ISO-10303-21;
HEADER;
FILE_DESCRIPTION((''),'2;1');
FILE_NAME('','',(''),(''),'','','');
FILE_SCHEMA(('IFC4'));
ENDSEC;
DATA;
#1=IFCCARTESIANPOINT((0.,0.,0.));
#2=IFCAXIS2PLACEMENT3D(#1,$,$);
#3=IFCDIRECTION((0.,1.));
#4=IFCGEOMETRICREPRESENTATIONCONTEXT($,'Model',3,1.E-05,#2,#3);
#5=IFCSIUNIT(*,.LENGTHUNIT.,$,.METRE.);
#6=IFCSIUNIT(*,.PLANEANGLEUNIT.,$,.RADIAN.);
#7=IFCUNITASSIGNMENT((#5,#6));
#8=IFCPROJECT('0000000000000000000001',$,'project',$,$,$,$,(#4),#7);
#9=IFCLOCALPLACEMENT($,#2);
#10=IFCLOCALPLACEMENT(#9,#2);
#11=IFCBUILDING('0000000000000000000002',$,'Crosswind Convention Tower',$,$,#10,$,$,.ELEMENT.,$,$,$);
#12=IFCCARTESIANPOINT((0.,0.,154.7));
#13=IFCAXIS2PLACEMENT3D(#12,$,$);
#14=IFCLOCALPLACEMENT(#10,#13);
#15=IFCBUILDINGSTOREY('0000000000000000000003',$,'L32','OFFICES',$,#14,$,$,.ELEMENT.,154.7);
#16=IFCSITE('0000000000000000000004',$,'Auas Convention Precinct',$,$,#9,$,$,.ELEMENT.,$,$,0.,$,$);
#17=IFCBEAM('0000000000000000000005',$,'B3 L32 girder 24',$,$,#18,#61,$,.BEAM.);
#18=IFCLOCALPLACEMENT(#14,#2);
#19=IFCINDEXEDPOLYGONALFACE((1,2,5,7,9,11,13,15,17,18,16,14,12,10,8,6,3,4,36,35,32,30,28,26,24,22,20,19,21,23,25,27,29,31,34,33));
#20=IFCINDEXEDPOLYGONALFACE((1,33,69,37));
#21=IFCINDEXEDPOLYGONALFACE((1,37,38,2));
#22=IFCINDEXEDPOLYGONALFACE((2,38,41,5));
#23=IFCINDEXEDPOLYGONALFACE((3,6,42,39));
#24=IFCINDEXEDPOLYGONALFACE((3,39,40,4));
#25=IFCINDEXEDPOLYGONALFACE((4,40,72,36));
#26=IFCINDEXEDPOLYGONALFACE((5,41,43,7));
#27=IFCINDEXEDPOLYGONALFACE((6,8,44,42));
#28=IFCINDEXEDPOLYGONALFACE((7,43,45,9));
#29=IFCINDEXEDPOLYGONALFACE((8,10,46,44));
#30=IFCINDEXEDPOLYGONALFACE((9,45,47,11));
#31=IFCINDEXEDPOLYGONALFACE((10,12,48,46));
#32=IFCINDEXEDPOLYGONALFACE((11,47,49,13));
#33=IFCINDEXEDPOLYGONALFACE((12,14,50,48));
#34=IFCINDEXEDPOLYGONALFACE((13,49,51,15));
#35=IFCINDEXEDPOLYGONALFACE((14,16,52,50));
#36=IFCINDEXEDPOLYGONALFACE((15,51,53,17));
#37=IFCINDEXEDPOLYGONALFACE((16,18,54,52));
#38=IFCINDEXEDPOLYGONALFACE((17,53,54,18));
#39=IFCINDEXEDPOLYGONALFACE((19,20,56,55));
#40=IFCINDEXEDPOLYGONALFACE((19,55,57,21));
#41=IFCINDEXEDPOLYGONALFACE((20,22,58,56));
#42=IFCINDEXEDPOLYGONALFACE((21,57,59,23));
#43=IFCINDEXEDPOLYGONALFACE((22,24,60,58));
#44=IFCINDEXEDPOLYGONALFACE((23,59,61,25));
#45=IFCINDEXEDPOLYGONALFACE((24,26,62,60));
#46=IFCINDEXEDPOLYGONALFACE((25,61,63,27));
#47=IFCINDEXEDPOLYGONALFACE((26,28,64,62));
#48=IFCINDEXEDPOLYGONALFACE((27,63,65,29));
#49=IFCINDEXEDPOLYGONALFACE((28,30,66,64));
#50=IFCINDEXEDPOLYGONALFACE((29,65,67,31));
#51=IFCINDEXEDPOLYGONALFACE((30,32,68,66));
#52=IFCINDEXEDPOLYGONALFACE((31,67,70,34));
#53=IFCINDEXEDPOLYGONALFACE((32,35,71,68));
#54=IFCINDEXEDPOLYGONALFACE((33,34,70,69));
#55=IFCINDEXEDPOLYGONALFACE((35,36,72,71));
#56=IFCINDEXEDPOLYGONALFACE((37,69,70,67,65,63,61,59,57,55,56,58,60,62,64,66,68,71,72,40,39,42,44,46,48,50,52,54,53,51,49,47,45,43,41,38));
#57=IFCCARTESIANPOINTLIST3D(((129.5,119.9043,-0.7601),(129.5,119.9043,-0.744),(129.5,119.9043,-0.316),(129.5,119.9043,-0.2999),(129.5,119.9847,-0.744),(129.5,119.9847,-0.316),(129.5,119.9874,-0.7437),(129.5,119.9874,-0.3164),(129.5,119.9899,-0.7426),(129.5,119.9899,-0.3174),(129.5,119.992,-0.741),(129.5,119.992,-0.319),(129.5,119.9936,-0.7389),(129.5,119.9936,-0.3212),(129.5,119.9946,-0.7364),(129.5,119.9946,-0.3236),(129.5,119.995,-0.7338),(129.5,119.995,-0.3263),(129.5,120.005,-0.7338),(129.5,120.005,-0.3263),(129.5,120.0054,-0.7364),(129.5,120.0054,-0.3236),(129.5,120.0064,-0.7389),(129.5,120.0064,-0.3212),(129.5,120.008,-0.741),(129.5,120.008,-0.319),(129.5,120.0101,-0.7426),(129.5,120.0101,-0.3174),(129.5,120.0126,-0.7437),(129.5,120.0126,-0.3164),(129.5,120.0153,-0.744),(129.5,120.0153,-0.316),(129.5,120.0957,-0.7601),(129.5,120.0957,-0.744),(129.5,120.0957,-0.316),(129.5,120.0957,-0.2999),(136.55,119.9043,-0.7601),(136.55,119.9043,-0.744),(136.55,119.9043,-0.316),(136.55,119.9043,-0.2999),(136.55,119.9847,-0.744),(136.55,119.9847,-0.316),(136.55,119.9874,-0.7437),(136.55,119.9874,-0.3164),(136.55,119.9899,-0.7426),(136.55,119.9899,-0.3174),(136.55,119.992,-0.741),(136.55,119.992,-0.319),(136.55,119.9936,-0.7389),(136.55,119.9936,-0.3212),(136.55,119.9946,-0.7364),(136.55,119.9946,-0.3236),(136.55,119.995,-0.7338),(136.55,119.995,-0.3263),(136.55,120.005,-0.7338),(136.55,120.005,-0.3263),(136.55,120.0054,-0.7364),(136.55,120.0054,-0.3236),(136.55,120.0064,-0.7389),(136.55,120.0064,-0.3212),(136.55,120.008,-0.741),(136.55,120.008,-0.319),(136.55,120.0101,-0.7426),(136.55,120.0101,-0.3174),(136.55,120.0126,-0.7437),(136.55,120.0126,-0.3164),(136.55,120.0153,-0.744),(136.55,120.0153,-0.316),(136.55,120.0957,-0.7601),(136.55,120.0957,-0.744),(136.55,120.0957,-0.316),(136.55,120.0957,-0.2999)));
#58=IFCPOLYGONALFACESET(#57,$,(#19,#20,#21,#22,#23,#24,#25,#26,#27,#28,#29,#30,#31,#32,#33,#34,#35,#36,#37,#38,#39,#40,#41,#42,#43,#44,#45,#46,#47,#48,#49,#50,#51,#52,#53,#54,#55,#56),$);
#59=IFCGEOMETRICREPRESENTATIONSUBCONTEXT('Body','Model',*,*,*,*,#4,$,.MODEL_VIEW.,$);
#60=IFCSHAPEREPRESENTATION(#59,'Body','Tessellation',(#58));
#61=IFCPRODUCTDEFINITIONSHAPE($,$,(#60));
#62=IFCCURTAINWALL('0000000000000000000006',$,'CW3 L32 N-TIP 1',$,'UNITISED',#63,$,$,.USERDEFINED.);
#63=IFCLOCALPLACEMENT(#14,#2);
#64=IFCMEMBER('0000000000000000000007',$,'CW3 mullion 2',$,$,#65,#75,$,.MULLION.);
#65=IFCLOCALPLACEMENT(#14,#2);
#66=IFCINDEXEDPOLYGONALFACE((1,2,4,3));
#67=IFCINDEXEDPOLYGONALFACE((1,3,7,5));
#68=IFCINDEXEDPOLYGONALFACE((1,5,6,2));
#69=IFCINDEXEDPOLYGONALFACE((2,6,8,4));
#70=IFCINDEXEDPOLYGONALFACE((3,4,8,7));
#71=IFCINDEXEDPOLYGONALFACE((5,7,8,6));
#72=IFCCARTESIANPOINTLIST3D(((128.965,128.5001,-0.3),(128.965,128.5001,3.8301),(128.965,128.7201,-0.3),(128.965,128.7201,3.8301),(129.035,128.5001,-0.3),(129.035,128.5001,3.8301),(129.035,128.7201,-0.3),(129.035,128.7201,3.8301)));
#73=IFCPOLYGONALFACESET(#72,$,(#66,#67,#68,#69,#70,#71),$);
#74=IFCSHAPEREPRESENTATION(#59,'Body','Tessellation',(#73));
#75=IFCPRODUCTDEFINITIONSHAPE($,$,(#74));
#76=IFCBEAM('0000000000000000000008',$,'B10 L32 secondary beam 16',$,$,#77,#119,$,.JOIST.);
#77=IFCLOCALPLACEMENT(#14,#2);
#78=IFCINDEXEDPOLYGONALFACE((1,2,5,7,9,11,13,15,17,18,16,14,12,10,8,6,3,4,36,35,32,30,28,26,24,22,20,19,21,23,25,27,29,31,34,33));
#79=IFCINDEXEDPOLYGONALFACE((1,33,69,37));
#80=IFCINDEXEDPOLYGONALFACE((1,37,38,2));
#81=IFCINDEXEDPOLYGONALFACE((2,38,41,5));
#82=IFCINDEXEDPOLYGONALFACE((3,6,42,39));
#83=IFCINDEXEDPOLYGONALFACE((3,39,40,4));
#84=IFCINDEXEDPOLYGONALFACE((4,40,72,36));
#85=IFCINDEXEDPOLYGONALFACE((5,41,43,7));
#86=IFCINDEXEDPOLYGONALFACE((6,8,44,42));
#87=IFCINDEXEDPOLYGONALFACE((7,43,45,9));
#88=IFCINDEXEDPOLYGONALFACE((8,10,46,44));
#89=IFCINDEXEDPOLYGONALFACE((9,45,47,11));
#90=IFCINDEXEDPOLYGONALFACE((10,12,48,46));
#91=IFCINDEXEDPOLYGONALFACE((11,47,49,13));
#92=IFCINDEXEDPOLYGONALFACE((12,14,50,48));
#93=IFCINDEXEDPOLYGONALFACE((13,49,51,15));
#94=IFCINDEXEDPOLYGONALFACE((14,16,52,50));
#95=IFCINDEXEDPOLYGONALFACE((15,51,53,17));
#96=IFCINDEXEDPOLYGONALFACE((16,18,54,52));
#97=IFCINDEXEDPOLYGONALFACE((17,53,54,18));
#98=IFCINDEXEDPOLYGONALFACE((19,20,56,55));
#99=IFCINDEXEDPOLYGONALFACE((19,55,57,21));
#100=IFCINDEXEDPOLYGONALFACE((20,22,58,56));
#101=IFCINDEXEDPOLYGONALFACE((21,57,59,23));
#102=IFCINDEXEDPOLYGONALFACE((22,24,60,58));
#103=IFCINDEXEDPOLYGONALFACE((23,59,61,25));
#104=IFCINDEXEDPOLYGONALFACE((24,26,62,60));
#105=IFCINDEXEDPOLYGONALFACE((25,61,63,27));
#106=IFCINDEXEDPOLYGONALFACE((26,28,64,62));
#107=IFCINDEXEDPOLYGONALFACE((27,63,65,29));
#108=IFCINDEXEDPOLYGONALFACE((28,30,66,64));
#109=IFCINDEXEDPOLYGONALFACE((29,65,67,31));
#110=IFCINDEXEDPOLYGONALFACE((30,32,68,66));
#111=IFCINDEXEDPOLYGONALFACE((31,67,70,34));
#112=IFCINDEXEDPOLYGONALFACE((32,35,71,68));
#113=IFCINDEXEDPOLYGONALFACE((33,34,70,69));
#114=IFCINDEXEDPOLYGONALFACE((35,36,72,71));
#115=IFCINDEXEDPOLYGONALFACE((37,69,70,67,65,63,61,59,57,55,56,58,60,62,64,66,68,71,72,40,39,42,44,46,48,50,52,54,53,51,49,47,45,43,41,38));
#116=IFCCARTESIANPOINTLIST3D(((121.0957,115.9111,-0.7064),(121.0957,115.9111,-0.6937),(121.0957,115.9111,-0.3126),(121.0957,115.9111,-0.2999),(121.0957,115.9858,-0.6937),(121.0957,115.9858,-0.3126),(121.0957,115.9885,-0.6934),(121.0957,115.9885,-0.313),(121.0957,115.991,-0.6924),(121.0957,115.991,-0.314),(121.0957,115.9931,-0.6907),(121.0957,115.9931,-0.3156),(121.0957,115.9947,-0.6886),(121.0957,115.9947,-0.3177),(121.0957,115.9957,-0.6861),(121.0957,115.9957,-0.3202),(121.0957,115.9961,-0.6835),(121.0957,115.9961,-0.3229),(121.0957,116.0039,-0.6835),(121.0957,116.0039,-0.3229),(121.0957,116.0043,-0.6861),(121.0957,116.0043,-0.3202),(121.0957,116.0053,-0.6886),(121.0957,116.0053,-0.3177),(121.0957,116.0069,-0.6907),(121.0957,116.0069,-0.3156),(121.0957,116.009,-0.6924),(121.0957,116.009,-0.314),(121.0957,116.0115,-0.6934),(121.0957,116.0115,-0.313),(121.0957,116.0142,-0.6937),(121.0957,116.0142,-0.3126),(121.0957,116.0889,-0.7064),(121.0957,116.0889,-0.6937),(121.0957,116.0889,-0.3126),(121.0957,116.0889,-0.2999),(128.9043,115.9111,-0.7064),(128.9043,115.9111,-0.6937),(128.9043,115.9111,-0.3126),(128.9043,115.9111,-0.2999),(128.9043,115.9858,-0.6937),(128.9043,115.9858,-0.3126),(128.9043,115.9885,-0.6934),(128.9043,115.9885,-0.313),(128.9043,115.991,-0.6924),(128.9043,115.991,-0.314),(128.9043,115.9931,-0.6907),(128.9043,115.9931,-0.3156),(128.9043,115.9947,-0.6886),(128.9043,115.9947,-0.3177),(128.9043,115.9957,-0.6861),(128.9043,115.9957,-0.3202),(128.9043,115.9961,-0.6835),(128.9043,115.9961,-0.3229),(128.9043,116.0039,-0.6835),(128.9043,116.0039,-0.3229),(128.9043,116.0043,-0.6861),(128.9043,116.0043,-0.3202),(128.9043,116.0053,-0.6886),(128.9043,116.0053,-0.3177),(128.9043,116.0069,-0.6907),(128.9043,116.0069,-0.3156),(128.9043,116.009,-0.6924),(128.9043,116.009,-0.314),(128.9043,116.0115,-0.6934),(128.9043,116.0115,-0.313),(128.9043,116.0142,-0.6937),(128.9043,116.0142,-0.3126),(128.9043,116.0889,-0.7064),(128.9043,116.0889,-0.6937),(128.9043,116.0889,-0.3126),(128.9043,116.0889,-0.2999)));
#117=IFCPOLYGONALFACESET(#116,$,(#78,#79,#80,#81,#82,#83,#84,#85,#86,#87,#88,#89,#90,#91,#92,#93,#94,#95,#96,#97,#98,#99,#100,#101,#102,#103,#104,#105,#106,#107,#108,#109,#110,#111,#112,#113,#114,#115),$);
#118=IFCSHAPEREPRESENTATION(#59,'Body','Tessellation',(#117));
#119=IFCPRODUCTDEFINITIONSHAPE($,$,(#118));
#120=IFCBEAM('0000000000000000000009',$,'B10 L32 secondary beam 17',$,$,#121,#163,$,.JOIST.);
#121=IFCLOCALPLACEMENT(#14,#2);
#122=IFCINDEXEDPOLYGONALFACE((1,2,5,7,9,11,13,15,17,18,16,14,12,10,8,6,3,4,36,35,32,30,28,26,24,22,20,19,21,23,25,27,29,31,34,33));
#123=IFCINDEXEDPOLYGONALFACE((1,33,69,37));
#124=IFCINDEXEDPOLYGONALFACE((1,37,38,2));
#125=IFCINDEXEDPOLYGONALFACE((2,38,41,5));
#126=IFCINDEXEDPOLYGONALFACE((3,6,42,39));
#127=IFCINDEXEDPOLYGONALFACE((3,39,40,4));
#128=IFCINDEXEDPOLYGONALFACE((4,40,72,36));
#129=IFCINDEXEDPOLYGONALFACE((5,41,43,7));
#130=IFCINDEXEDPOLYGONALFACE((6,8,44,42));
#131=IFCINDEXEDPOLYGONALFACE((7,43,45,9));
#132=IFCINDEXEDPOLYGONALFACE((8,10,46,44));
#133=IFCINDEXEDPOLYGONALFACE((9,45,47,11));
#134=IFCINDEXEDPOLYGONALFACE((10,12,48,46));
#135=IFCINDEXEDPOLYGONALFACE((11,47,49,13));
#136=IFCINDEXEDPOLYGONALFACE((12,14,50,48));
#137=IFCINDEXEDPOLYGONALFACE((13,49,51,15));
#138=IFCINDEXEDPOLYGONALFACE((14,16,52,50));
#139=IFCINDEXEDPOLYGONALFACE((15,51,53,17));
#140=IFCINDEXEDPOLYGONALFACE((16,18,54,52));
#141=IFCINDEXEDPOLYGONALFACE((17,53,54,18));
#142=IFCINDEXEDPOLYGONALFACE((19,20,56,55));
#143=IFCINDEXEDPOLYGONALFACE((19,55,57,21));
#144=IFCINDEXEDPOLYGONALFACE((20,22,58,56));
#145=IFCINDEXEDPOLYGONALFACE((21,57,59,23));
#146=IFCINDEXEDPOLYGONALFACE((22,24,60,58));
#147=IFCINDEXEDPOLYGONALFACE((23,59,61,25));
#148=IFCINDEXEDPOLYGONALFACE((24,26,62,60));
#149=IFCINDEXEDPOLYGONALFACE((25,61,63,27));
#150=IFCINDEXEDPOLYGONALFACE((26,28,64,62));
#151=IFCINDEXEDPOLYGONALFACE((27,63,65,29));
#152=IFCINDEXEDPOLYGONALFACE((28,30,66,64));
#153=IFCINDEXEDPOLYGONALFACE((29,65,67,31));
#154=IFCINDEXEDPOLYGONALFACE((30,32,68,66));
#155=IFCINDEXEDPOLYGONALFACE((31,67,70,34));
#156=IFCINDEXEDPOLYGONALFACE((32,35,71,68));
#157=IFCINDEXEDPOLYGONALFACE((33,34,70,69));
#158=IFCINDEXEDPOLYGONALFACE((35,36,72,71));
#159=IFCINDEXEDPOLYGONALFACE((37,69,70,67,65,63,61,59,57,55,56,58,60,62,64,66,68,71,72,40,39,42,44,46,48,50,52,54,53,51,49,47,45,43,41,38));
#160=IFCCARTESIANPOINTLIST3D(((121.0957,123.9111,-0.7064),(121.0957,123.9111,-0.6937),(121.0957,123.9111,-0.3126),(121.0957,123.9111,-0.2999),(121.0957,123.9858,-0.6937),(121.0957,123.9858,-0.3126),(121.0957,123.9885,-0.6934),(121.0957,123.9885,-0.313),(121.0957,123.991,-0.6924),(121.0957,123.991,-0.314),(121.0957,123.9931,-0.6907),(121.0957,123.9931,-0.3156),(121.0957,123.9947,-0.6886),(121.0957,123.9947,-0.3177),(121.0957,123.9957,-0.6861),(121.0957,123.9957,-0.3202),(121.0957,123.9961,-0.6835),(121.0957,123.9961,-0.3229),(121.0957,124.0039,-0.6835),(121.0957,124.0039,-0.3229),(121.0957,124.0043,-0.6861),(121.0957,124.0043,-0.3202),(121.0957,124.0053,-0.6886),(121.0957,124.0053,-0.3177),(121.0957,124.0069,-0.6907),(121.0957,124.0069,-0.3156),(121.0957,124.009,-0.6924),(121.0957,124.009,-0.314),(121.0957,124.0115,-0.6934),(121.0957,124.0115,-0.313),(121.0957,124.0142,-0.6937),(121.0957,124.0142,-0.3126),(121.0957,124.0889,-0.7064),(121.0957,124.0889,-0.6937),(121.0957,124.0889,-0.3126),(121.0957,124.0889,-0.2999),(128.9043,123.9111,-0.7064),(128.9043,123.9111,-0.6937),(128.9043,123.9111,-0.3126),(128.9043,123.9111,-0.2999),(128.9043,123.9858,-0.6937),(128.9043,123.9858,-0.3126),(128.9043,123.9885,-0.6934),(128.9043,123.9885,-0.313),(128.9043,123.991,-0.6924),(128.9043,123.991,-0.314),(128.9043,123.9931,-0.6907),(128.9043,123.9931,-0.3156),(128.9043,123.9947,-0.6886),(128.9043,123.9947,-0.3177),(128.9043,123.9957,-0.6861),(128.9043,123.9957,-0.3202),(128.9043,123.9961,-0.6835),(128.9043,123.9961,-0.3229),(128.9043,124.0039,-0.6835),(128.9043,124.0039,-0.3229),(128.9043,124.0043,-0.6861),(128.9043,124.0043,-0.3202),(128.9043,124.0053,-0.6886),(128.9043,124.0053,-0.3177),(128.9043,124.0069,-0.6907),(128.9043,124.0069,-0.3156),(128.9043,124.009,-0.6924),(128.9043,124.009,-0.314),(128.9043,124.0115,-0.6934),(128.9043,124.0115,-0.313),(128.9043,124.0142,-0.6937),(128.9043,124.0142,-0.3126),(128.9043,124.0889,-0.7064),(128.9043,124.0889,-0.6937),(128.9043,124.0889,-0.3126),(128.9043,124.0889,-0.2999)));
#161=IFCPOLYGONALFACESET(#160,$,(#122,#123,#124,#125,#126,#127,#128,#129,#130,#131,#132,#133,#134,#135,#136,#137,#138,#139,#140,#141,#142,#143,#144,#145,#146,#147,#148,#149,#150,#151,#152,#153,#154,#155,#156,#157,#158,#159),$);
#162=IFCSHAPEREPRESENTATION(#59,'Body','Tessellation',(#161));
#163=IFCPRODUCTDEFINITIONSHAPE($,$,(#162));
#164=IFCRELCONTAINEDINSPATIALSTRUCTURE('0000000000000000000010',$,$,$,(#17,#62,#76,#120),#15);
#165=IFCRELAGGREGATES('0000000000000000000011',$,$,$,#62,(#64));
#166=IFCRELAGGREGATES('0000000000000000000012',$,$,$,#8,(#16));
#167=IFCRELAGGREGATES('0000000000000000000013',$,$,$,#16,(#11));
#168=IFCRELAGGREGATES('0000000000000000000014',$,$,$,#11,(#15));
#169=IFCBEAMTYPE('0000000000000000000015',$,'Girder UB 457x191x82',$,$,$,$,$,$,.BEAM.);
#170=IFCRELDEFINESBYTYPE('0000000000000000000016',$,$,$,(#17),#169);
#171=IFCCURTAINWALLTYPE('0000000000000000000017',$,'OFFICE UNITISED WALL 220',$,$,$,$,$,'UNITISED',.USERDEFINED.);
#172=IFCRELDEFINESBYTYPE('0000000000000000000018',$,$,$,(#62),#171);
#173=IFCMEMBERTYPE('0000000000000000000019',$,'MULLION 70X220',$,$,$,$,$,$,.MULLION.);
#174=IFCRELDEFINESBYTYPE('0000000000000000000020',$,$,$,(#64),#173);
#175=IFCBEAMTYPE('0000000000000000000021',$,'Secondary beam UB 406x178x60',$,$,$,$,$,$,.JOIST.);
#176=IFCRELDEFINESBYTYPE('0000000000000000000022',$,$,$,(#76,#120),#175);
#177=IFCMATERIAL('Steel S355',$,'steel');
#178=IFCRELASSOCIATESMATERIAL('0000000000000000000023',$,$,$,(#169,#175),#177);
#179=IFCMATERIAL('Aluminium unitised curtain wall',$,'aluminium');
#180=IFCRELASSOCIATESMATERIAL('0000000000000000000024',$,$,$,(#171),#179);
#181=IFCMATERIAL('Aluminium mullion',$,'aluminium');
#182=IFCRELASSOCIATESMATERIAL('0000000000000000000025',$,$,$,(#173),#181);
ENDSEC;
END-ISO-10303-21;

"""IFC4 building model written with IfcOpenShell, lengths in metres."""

from ifc_helpers import new_model, si_unit, direction, frame, origin, origin_2d, place, context, subcontext, project, spatial, rectangle, i_section, extrude, material, material_profile, profile_set, type_object, element, aggregate, save


model = new_model("IFC4")

# Units and contexts
model_context = context("Model", 3, precision=1e-05, world=origin(), true_north=direction((0.0, 1.0)))
body_context = subcontext(model_context, "Body", "Model", "MODEL_VIEW")
ifc_project = project(units=[si_unit("LENGTHUNIT", "METRE"), si_unit("PLANEANGLEUNIT", "RADIAN")], contexts=[model_context])

# Site, building, storey
site_placement = place(None, origin())
site = spatial("IfcSite", under=ifc_project, at=site_placement, Name="Auas Convention Precinct", CompositionType="ELEMENT", RefElevation=0.0)
building_placement = place(site_placement, origin())
building = spatial("IfcBuilding", under=site, at=building_placement, Name="Crosswind Convention Tower", CompositionType="ELEMENT")
storey_placement = place(building_placement, frame((0.0, 0.0, 154.7)))
storey = spatial("IfcBuildingStorey", under=building, at=storey_placement, Name="L32", Description="OFFICES", CompositionType="ELEMENT", Elevation=154.7)

# Beam
ifc_material_1 = material(Name="Steel S355", Category="steel")
ifc_material_profile_1 = material_profile(ifc_material_1, i_section(OverallWidth=0.1914, OverallDepth=0.4602, WebThickness=0.01, FlangeThickness=0.0161, FilletRadius=0.0103, at=origin_2d()), Name="UB 457x191x82")
ifc_profile_set_1 = profile_set([ifc_material_profile_1], Name="Steel S355")
beam_type_1 = type_object("IfcBeamType", Name="Girder UB 457x191x82", PredefinedType="BEAM", material=ifc_profile_set_1)
for number, where, z_axis, x_axis, name in (
    (1, (129.5, 120.0, -0.53), (1.0, 0.0, 0.0), (0.0, 1.0, 0.0), "B3 L32 girder 24"),
):
    element("IfcBeam", number, at=place(storey_placement, frame(where, z_axis=z_axis, x_axis=x_axis)), inside=storey, type_object=beam_type_1, Name=name, PredefinedType="BEAM", context=body_context, shape_type="SweptSolid", body=[
        extrude(i_section(OverallWidth=0.1914, OverallDepth=0.4602, WebThickness=0.01, FlangeThickness=0.0161, FilletRadius=0.0103, at=origin_2d()), origin(), (0.0, 0.0, 1.0), 7.05),
    ])

# Curtain wall, member
ifc_material_2 = material(Name="Aluminium unitised curtain wall", Category="aluminium")
curtain_wall_type = type_object("IfcCurtainWallType", Name="OFFICE UNITISED WALL 220", ElementType="UNITISED", PredefinedType="USERDEFINED", material=ifc_material_2)
curtain_wall_placement = place(storey_placement, origin())
curtain_wall = element("IfcCurtainWall", 2, at=curtain_wall_placement, inside=storey, type_object=curtain_wall_type, Name="CW3 L32 N-TIP 1", ObjectType="UNITISED", PredefinedType="USERDEFINED")
ifc_material_3 = material(Name="Aluminium mullion", Category="aluminium")
ifc_material_profile_2 = material_profile(ifc_material_3, rectangle(XDim=0.22, YDim=0.0701, at=origin_2d()), Name="AL 220X70")
ifc_profile_set_2 = profile_set([ifc_material_profile_2], Name="Aluminium mullion")
member_type = type_object("IfcMemberType", Name="MULLION 70X220", PredefinedType="MULLION", material=ifc_profile_set_2)
member_placement = place(storey_placement, frame((129.0, 128.6101, -0.3), z_axis=(0.0, 0.0, 1.0), x_axis=(0.0, 1.0, 0.0)))
member = element("IfcMember", 3, at=member_placement, type_object=member_type, Name="CW3 mullion 2", PredefinedType="MULLION", context=body_context, shape_type="SweptSolid", body=[
    extrude(rectangle(XDim=0.22, YDim=0.0701, at=origin_2d()), origin(), (0.0, 0.0, 1.0), 4.1301),
])

# Beams
ifc_material_profile_3 = material_profile(ifc_material_1, i_section(OverallWidth=0.1777, OverallDepth=0.4065, WebThickness=0.0078, FlangeThickness=0.0127, FilletRadius=0.0103, at=origin_2d()), Name="UB 406x178x60")
ifc_profile_set_3 = profile_set([ifc_material_profile_3], Name="Steel S355")
beam_type_2 = type_object("IfcBeamType", Name="Secondary beam UB 406x178x60", PredefinedType="JOIST", material=ifc_profile_set_3)
for number, where, z_axis, x_axis, name in (
    (4, (121.0957, 116.0, -0.5032), (1.0, 0.0, 0.0), (0.0, 1.0, 0.0), "B10 L32 secondary beam 16"),
    (5, (121.0957, 124.0, -0.5032), (1.0, 0.0, 0.0), (0.0, 1.0, 0.0), "B10 L32 secondary beam 17"),
):
    element("IfcBeam", number, at=place(storey_placement, frame(where, z_axis=z_axis, x_axis=x_axis)), inside=storey, type_object=beam_type_2, Name=name, PredefinedType="JOIST", context=body_context, shape_type="SweptSolid", body=[
        extrude(i_section(OverallWidth=0.1777, OverallDepth=0.4065, WebThickness=0.0078, FlangeThickness=0.0127, FilletRadius=0.0103, at=origin_2d()), origin(), (0.0, 0.0, 1.0), 7.8086),
    ])

aggregate(curtain_wall, [member])

save(model, "model.ifc")
